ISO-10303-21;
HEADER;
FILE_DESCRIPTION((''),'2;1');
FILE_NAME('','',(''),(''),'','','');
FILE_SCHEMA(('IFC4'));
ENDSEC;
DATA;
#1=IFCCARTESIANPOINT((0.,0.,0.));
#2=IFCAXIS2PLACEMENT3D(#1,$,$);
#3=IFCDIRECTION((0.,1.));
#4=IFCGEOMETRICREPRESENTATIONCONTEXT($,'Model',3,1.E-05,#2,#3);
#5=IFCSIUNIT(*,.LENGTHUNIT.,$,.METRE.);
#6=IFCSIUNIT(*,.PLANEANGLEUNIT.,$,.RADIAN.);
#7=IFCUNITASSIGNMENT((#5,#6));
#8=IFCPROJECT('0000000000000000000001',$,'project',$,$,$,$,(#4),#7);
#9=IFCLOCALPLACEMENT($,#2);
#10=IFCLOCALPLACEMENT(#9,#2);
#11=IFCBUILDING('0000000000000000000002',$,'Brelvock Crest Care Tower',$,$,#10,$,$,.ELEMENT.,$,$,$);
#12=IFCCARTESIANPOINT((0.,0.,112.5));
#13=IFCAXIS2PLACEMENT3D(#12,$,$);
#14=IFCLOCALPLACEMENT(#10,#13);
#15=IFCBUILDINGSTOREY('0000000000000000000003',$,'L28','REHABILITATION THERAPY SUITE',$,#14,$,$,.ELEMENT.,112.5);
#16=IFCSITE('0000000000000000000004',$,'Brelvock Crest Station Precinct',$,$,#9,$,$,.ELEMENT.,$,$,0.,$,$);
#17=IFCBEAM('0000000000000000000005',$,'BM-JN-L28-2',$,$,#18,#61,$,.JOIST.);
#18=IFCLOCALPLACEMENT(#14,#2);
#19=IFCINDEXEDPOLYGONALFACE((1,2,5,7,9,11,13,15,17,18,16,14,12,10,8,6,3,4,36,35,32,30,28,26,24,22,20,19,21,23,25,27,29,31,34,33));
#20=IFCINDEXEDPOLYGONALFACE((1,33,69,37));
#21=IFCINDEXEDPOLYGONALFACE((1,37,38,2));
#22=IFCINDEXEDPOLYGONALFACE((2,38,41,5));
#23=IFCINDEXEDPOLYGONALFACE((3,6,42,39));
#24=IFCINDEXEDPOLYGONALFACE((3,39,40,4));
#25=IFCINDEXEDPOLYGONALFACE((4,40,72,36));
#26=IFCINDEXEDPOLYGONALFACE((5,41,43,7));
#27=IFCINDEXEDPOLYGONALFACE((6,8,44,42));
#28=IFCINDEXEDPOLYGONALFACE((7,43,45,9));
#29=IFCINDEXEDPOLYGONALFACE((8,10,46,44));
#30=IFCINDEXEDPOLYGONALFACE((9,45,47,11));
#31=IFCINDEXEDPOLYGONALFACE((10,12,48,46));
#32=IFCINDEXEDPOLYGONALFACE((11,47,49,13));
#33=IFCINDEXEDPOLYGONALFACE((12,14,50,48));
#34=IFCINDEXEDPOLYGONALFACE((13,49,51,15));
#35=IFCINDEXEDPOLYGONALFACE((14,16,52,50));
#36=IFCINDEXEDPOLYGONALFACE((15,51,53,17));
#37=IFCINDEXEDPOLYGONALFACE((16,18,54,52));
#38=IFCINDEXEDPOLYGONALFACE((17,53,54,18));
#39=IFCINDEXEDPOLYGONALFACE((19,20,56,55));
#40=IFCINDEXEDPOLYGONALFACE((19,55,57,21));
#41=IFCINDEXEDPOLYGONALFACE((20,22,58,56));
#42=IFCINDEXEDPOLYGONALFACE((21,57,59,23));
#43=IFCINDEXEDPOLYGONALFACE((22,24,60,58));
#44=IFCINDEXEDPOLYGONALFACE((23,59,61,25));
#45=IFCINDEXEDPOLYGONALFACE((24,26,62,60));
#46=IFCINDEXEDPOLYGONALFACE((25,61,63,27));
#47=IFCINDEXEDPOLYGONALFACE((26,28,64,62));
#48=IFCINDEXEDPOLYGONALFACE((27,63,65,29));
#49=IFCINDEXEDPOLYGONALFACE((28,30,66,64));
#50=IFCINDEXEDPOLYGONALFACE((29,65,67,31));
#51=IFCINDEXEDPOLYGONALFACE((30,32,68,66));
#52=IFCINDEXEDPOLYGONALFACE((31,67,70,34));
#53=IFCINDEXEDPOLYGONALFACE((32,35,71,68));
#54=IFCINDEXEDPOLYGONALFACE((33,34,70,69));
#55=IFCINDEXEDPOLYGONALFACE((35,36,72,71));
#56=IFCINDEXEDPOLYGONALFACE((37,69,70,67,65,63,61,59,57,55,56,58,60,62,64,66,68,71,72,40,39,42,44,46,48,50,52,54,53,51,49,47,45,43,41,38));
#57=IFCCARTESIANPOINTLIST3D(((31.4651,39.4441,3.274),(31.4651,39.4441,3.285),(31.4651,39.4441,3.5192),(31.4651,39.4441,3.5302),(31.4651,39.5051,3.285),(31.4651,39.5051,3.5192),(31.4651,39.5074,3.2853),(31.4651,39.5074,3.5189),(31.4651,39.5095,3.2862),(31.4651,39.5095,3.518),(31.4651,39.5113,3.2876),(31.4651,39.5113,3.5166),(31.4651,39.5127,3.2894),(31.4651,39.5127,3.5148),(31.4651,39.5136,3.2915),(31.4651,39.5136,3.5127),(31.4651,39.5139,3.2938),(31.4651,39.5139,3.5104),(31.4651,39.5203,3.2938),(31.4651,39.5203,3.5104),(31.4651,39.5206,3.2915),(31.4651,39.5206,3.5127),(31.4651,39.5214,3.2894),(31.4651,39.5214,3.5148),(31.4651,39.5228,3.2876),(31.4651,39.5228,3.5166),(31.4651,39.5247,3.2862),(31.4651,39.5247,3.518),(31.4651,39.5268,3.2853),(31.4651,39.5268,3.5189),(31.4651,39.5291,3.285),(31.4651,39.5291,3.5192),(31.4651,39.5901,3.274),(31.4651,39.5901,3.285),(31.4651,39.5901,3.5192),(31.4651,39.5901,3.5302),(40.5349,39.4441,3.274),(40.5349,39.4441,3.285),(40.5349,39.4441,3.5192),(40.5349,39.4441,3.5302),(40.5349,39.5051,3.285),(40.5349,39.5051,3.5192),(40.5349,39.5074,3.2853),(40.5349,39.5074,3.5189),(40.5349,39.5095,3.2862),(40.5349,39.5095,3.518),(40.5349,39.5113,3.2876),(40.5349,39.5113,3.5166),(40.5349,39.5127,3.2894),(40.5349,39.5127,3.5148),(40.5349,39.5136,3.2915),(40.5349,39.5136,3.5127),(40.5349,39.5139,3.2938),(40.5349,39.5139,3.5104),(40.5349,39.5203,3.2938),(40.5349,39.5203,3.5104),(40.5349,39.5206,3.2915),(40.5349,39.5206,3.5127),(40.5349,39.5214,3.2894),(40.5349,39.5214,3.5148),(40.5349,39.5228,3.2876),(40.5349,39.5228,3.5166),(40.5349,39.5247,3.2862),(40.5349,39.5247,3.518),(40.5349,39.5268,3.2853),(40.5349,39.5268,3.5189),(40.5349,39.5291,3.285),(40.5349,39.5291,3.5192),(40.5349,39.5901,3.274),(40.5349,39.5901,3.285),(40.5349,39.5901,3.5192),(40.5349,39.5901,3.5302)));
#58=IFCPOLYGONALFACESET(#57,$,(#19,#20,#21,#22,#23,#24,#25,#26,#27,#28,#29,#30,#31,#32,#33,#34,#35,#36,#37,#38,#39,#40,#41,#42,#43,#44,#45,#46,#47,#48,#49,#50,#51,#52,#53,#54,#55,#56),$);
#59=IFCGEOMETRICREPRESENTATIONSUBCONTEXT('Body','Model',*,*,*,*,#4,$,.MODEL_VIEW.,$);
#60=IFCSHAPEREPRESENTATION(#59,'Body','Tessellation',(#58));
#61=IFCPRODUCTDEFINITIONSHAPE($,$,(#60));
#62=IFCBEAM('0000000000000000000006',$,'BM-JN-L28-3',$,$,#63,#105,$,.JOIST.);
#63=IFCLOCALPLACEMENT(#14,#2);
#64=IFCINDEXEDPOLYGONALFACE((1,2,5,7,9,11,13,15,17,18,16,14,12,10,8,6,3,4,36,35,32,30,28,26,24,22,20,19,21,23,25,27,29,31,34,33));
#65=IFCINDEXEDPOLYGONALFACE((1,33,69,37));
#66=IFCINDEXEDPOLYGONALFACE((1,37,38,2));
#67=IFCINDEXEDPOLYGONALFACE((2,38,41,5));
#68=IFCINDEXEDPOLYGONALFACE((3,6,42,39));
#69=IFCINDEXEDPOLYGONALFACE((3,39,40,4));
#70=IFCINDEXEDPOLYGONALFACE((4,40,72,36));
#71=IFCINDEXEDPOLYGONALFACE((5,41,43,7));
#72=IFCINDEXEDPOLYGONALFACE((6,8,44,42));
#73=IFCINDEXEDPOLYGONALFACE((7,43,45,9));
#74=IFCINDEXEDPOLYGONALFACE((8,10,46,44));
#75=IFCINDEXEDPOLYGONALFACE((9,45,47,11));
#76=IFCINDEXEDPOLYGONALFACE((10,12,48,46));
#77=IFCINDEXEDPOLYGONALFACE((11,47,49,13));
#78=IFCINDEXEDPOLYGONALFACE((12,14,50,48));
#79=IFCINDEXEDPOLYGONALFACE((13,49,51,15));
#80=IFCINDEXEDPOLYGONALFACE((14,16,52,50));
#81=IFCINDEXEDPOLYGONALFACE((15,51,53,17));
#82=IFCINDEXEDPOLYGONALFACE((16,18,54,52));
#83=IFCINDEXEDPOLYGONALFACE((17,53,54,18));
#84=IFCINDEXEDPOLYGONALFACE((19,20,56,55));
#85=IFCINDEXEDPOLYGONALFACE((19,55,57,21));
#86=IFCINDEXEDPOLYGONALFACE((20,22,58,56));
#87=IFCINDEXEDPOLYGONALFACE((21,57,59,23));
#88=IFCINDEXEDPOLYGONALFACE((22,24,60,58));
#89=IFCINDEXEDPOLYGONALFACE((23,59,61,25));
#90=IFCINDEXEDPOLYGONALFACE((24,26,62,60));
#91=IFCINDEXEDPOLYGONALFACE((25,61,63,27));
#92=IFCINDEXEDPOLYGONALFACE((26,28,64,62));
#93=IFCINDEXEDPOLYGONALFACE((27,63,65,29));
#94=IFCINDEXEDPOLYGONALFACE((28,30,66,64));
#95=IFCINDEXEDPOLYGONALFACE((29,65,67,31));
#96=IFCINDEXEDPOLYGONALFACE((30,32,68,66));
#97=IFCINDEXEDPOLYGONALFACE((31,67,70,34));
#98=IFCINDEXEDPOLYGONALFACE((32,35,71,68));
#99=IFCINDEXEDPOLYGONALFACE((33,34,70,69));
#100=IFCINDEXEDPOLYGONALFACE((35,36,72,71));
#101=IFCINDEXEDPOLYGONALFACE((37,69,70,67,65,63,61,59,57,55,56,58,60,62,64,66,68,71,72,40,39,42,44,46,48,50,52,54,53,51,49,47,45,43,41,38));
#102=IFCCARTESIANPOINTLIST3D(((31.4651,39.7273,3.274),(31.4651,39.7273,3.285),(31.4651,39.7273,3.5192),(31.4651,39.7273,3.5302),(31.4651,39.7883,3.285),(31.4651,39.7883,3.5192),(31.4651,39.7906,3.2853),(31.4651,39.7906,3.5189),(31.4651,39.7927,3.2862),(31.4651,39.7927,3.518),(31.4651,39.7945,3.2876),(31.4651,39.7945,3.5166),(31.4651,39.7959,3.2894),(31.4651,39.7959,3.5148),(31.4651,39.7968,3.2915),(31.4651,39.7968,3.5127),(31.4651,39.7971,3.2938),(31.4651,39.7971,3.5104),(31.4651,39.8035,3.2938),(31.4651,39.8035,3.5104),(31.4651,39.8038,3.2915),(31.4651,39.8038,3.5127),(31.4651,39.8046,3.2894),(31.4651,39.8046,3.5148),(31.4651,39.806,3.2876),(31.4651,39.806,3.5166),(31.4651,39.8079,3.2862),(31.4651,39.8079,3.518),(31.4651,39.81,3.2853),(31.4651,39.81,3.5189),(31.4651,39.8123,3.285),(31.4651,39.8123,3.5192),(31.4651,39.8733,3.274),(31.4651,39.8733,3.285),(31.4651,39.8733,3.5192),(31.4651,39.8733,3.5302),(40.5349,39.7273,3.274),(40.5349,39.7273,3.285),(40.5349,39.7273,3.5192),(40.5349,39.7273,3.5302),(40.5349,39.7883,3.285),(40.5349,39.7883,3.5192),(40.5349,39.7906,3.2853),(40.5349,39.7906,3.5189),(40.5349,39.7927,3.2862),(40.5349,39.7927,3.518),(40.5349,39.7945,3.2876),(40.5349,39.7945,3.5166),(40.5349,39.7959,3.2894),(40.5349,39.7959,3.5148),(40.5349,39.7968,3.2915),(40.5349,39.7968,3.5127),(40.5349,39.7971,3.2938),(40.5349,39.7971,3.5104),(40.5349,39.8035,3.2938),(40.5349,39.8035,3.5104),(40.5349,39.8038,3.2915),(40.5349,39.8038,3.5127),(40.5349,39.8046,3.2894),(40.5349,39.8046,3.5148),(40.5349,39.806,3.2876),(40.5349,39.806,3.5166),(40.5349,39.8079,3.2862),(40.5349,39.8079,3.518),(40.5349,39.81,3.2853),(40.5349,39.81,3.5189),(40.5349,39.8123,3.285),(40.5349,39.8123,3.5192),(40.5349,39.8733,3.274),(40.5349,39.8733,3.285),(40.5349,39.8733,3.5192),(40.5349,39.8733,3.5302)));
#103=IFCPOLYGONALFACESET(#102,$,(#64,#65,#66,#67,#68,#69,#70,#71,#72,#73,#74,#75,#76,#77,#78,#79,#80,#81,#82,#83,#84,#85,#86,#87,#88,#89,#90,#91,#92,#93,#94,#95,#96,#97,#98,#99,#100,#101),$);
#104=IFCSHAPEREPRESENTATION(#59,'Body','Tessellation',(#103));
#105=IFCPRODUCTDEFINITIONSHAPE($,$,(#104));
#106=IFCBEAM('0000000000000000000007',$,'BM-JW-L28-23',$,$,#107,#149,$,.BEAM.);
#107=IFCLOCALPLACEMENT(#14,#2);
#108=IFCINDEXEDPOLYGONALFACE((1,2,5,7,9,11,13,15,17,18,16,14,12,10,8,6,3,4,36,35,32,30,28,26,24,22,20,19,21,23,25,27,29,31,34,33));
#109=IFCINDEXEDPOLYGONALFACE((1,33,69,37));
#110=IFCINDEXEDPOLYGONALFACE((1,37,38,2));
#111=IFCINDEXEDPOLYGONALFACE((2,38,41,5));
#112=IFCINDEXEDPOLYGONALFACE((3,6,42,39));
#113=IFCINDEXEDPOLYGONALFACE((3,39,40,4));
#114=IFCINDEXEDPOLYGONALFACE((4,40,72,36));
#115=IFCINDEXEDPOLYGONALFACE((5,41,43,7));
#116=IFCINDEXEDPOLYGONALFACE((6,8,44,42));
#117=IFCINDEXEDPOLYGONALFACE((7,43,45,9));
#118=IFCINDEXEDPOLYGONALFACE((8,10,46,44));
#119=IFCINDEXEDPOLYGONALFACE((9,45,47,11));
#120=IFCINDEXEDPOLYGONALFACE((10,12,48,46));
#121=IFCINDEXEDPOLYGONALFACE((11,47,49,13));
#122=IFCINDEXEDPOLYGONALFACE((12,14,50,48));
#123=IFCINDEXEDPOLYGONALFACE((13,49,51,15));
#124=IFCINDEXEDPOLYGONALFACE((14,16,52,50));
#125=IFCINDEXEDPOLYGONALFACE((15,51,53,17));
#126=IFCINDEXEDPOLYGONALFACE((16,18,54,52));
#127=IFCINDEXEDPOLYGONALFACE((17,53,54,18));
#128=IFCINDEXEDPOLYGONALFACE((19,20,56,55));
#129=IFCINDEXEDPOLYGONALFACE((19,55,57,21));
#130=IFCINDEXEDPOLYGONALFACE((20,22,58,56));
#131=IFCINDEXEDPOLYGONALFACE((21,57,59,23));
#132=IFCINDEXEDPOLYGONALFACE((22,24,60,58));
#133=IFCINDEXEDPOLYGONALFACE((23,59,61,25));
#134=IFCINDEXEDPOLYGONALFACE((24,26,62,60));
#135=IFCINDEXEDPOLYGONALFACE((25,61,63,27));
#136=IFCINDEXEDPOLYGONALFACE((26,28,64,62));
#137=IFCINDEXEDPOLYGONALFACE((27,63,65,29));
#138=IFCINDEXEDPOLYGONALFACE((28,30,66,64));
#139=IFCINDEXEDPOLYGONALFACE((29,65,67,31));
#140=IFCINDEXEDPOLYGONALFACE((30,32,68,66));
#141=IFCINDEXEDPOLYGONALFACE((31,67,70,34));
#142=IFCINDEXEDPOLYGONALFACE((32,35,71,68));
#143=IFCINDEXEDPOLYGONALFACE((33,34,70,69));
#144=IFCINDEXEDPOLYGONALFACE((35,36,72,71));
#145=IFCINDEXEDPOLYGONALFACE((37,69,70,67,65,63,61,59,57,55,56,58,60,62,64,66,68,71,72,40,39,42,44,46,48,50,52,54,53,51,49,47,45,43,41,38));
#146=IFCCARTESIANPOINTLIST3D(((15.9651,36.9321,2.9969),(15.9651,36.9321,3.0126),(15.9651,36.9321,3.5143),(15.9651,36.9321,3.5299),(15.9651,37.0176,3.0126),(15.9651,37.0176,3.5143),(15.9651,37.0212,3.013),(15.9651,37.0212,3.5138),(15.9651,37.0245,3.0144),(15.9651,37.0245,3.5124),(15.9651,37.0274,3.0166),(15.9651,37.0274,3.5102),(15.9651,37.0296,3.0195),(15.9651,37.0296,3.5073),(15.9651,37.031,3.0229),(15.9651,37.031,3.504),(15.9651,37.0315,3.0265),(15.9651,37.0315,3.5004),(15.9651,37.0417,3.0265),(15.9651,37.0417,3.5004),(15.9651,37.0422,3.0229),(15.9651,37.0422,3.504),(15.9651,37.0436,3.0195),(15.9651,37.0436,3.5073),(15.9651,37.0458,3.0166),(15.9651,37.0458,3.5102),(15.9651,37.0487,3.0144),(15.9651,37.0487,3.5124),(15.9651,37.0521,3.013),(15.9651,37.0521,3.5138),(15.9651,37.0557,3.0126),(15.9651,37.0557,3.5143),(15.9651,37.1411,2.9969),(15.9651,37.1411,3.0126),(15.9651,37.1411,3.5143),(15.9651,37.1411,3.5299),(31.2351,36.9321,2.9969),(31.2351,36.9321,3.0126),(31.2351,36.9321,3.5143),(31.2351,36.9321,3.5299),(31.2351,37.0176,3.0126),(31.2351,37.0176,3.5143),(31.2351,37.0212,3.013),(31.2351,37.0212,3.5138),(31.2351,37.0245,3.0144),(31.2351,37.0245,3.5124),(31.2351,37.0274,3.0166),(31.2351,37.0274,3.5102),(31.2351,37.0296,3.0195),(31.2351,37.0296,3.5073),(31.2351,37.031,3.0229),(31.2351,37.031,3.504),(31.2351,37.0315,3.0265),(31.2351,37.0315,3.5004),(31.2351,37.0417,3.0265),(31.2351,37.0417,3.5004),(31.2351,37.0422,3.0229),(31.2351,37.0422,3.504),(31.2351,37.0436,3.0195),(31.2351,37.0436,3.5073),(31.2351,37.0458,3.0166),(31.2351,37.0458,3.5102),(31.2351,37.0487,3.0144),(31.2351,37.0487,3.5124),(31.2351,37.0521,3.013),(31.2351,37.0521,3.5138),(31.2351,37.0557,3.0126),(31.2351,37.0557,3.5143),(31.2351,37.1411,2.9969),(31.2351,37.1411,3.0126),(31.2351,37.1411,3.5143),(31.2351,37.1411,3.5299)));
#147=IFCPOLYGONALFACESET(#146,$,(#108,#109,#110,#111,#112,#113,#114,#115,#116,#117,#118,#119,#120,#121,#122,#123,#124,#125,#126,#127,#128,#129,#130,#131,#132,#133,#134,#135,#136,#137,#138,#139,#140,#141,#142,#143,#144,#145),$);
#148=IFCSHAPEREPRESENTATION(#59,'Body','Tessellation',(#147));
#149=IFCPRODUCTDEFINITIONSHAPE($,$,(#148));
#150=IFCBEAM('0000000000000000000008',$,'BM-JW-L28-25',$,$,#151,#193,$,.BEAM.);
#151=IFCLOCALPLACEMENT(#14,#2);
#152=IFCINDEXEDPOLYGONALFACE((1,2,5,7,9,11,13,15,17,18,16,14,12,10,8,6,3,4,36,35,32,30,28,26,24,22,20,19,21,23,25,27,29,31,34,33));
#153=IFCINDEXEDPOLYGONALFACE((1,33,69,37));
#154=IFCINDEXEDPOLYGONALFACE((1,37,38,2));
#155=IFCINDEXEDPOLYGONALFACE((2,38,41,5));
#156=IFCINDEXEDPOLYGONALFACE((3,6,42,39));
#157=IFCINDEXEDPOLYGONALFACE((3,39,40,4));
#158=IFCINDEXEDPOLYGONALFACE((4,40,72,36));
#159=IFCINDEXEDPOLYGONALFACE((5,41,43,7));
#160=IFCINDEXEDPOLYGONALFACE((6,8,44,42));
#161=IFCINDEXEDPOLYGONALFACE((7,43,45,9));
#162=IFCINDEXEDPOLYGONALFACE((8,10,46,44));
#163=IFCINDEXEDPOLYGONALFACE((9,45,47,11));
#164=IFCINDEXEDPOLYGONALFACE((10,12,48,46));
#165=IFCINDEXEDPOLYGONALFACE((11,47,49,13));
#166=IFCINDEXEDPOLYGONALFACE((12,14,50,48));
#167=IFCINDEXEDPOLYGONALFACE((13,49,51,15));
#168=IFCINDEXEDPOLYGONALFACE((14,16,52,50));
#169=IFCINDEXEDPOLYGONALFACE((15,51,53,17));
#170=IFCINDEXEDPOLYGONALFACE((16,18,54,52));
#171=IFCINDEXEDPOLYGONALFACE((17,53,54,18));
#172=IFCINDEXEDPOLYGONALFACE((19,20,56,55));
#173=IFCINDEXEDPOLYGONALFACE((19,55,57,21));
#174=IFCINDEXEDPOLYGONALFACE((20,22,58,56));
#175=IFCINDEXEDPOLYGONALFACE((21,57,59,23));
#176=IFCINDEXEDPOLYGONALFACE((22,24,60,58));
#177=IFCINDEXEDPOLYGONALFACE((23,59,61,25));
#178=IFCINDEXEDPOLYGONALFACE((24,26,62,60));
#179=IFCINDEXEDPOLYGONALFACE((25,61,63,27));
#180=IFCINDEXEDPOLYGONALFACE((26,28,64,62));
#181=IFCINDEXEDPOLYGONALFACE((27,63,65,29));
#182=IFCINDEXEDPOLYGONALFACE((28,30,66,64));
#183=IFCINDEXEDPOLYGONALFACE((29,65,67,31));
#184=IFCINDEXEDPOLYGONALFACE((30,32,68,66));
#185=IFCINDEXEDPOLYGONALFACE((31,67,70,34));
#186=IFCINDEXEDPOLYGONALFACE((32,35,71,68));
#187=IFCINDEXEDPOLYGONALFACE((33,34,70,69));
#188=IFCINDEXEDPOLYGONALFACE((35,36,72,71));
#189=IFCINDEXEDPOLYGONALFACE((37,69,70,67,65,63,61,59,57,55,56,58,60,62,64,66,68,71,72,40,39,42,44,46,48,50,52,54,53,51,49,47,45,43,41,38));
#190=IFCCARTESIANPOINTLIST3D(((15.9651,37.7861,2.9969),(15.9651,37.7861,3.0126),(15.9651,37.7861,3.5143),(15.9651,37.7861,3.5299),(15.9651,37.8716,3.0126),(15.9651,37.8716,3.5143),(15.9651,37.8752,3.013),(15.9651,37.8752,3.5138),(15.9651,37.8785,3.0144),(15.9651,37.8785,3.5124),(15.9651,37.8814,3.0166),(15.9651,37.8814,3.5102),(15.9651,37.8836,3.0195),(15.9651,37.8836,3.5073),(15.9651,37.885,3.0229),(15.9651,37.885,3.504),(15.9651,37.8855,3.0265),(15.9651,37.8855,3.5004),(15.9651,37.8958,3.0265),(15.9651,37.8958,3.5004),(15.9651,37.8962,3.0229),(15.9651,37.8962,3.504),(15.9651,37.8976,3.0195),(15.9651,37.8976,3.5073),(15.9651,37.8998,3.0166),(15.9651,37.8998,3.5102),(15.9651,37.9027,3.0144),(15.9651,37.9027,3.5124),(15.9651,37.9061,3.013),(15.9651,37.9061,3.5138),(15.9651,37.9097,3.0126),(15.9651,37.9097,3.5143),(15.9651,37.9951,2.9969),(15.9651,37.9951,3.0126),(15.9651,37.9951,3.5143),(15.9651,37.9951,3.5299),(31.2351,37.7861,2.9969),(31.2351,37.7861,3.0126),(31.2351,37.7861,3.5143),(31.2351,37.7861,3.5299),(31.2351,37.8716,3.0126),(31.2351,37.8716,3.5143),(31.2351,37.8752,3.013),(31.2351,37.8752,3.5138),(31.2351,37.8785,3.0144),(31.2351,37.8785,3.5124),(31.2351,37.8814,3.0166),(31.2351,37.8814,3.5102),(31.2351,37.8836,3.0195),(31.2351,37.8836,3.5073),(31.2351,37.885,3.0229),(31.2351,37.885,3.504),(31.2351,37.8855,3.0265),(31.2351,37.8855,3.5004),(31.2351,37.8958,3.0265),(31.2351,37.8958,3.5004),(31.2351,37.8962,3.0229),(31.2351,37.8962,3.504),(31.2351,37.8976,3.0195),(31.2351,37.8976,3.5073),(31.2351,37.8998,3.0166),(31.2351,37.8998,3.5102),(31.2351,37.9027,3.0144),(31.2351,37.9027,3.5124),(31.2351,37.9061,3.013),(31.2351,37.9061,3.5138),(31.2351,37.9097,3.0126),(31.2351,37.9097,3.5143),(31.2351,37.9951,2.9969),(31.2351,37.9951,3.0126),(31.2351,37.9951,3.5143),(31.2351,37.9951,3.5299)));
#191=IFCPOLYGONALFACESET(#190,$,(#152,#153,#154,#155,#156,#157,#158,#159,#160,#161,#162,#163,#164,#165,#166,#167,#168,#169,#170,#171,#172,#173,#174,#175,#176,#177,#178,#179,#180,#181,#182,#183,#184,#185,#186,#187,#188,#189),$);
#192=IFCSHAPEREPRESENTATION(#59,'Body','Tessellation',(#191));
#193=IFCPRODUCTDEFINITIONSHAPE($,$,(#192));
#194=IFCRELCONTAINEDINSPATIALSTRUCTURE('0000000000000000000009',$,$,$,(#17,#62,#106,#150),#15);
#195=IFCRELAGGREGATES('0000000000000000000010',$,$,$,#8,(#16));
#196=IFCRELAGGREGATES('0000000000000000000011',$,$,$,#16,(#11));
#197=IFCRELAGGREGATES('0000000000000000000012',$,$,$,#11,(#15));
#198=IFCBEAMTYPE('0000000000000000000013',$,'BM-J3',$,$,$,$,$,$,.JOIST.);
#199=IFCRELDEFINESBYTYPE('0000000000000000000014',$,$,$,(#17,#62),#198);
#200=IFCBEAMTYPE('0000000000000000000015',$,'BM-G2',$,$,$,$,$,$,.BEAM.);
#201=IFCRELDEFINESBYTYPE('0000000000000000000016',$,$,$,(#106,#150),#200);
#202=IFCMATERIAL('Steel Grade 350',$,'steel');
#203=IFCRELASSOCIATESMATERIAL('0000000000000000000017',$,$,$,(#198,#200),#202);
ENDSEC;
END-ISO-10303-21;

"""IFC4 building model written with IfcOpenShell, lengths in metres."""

from ifc_helpers import new_model, si_unit, direction, frame, origin, origin_2d, place, context, subcontext, project, spatial, i_section, extrude, source, transform, mapped, material, material_profile, profile_set, type_object, element, save


model = new_model("IFC4")

# Units and contexts
model_context = context("Model", 3, precision=1e-05, world=origin(), true_north=direction((0.0, 1.0)))
body_context = subcontext(model_context, "Body", "Model", "MODEL_VIEW")
ifc_project = project(units=[si_unit("LENGTHUNIT", "METRE"), si_unit("PLANEANGLEUNIT", "RADIAN")], contexts=[model_context])

# Site, building, storey
site_placement = place(None, origin())
site = spatial("IfcSite", under=ifc_project, at=site_placement, Name="Brelvock Crest Station Precinct", CompositionType="ELEMENT", RefElevation=0.0)
building_placement = place(site_placement, origin())
building = spatial("IfcBuilding", under=site, at=building_placement, Name="Brelvock Crest Care Tower", CompositionType="ELEMENT")
storey_placement = place(building_placement, frame((0.0, 0.0, 112.5)))
storey = spatial("IfcBuildingStorey", under=building, at=storey_placement, Name="L28", Description="REHABILITATION THERAPY SUITE", CompositionType="ELEMENT", Elevation=112.5)

# Beams
ifc_material_1 = material(Name="Steel Grade 350", Category="steel")
ifc_material_profile_1 = material_profile(ifc_material_1, i_section(OverallWidth=0.146, OverallDepth=0.2561, WebThickness=0.0063, FlangeThickness=0.011, FilletRadius=0.0088, at=origin_2d()), Name="250UB37.3")
ifc_profile_set_1 = profile_set([ifc_material_profile_1], Name="Steel Grade 350")
beam_type_1 = type_object("IfcBeamType", Name="BM-J3", PredefinedType="JOIST", material=ifc_profile_set_1)
shared_shape_1 = source(origin(), body_context, "Body", "SweptSolid", [
    extrude(i_section(OverallWidth=0.146, OverallDepth=0.2561, WebThickness=0.0063, FlangeThickness=0.011, FilletRadius=0.0088, at=origin_2d()), origin(), (0.0, 0.0, 1.0), 9.0698),
])
for number, where, z_axis, x_axis, name in (
    (1, (31.4651, 39.5171, 3.4021), (1.0, 0.0, 0.0), (0.0, 1.0, 0.0), "BM-JN-L28-2"),
    (2, (31.4651, 39.8003, 3.4021), (1.0, 0.0, 0.0), (0.0, 1.0, 0.0), "BM-JN-L28-3"),
):
    element("IfcBeam", number, at=place(storey_placement, frame(where, z_axis=z_axis, x_axis=x_axis)), inside=storey, type_object=beam_type_1, Name=name, PredefinedType="JOIST", context=body_context, shape_type="MappedRepresentation", body=[
        mapped(shared_shape_1, transform((0.0, 0.0, 0.0), x_axis=(1.0, 0.0, 0.0), y_axis=(0.0, 1.0, 0.0), z_axis=(0.0, 0.0, 1.0), scale=1.0)),
    ])
ifc_material_profile_2 = material_profile(ifc_material_1, i_section(OverallWidth=0.209, OverallDepth=0.533, WebThickness=0.0103, FlangeThickness=0.0156, FilletRadius=0.0139, at=origin_2d()), Name="530UB92.4")
ifc_profile_set_2 = profile_set([ifc_material_profile_2], Name="Steel Grade 350")
beam_type_2 = type_object("IfcBeamType", Name="BM-G2", PredefinedType="BEAM", material=ifc_profile_set_2)
shared_shape_2 = source(origin(), body_context, "Body", "SweptSolid", [
    extrude(i_section(OverallWidth=0.209, OverallDepth=0.533, WebThickness=0.0103, FlangeThickness=0.0156, FilletRadius=0.0139, at=origin_2d()), origin(), (0.0, 0.0, 1.0), 15.27),
])
for number, where, z_axis, x_axis, name in (
    (3, (15.9651, 37.0366, 3.2634), (1.0, 0.0, 0.0), (0.0, 1.0, 0.0), "BM-JW-L28-23"),
    (4, (15.9651, 37.8906, 3.2634), (1.0, 0.0, 0.0), (0.0, 1.0, 0.0), "BM-JW-L28-25"),
):
    element("IfcBeam", number, at=place(storey_placement, frame(where, z_axis=z_axis, x_axis=x_axis)), inside=storey, type_object=beam_type_2, Name=name, PredefinedType="BEAM", context=body_context, shape_type="MappedRepresentation", body=[
        mapped(shared_shape_2, transform((0.0, 0.0, 0.0), x_axis=(1.0, 0.0, 0.0), y_axis=(0.0, 1.0, 0.0), z_axis=(0.0, 0.0, 1.0), scale=1.0)),
    ])

save(model, "model.ifc")
